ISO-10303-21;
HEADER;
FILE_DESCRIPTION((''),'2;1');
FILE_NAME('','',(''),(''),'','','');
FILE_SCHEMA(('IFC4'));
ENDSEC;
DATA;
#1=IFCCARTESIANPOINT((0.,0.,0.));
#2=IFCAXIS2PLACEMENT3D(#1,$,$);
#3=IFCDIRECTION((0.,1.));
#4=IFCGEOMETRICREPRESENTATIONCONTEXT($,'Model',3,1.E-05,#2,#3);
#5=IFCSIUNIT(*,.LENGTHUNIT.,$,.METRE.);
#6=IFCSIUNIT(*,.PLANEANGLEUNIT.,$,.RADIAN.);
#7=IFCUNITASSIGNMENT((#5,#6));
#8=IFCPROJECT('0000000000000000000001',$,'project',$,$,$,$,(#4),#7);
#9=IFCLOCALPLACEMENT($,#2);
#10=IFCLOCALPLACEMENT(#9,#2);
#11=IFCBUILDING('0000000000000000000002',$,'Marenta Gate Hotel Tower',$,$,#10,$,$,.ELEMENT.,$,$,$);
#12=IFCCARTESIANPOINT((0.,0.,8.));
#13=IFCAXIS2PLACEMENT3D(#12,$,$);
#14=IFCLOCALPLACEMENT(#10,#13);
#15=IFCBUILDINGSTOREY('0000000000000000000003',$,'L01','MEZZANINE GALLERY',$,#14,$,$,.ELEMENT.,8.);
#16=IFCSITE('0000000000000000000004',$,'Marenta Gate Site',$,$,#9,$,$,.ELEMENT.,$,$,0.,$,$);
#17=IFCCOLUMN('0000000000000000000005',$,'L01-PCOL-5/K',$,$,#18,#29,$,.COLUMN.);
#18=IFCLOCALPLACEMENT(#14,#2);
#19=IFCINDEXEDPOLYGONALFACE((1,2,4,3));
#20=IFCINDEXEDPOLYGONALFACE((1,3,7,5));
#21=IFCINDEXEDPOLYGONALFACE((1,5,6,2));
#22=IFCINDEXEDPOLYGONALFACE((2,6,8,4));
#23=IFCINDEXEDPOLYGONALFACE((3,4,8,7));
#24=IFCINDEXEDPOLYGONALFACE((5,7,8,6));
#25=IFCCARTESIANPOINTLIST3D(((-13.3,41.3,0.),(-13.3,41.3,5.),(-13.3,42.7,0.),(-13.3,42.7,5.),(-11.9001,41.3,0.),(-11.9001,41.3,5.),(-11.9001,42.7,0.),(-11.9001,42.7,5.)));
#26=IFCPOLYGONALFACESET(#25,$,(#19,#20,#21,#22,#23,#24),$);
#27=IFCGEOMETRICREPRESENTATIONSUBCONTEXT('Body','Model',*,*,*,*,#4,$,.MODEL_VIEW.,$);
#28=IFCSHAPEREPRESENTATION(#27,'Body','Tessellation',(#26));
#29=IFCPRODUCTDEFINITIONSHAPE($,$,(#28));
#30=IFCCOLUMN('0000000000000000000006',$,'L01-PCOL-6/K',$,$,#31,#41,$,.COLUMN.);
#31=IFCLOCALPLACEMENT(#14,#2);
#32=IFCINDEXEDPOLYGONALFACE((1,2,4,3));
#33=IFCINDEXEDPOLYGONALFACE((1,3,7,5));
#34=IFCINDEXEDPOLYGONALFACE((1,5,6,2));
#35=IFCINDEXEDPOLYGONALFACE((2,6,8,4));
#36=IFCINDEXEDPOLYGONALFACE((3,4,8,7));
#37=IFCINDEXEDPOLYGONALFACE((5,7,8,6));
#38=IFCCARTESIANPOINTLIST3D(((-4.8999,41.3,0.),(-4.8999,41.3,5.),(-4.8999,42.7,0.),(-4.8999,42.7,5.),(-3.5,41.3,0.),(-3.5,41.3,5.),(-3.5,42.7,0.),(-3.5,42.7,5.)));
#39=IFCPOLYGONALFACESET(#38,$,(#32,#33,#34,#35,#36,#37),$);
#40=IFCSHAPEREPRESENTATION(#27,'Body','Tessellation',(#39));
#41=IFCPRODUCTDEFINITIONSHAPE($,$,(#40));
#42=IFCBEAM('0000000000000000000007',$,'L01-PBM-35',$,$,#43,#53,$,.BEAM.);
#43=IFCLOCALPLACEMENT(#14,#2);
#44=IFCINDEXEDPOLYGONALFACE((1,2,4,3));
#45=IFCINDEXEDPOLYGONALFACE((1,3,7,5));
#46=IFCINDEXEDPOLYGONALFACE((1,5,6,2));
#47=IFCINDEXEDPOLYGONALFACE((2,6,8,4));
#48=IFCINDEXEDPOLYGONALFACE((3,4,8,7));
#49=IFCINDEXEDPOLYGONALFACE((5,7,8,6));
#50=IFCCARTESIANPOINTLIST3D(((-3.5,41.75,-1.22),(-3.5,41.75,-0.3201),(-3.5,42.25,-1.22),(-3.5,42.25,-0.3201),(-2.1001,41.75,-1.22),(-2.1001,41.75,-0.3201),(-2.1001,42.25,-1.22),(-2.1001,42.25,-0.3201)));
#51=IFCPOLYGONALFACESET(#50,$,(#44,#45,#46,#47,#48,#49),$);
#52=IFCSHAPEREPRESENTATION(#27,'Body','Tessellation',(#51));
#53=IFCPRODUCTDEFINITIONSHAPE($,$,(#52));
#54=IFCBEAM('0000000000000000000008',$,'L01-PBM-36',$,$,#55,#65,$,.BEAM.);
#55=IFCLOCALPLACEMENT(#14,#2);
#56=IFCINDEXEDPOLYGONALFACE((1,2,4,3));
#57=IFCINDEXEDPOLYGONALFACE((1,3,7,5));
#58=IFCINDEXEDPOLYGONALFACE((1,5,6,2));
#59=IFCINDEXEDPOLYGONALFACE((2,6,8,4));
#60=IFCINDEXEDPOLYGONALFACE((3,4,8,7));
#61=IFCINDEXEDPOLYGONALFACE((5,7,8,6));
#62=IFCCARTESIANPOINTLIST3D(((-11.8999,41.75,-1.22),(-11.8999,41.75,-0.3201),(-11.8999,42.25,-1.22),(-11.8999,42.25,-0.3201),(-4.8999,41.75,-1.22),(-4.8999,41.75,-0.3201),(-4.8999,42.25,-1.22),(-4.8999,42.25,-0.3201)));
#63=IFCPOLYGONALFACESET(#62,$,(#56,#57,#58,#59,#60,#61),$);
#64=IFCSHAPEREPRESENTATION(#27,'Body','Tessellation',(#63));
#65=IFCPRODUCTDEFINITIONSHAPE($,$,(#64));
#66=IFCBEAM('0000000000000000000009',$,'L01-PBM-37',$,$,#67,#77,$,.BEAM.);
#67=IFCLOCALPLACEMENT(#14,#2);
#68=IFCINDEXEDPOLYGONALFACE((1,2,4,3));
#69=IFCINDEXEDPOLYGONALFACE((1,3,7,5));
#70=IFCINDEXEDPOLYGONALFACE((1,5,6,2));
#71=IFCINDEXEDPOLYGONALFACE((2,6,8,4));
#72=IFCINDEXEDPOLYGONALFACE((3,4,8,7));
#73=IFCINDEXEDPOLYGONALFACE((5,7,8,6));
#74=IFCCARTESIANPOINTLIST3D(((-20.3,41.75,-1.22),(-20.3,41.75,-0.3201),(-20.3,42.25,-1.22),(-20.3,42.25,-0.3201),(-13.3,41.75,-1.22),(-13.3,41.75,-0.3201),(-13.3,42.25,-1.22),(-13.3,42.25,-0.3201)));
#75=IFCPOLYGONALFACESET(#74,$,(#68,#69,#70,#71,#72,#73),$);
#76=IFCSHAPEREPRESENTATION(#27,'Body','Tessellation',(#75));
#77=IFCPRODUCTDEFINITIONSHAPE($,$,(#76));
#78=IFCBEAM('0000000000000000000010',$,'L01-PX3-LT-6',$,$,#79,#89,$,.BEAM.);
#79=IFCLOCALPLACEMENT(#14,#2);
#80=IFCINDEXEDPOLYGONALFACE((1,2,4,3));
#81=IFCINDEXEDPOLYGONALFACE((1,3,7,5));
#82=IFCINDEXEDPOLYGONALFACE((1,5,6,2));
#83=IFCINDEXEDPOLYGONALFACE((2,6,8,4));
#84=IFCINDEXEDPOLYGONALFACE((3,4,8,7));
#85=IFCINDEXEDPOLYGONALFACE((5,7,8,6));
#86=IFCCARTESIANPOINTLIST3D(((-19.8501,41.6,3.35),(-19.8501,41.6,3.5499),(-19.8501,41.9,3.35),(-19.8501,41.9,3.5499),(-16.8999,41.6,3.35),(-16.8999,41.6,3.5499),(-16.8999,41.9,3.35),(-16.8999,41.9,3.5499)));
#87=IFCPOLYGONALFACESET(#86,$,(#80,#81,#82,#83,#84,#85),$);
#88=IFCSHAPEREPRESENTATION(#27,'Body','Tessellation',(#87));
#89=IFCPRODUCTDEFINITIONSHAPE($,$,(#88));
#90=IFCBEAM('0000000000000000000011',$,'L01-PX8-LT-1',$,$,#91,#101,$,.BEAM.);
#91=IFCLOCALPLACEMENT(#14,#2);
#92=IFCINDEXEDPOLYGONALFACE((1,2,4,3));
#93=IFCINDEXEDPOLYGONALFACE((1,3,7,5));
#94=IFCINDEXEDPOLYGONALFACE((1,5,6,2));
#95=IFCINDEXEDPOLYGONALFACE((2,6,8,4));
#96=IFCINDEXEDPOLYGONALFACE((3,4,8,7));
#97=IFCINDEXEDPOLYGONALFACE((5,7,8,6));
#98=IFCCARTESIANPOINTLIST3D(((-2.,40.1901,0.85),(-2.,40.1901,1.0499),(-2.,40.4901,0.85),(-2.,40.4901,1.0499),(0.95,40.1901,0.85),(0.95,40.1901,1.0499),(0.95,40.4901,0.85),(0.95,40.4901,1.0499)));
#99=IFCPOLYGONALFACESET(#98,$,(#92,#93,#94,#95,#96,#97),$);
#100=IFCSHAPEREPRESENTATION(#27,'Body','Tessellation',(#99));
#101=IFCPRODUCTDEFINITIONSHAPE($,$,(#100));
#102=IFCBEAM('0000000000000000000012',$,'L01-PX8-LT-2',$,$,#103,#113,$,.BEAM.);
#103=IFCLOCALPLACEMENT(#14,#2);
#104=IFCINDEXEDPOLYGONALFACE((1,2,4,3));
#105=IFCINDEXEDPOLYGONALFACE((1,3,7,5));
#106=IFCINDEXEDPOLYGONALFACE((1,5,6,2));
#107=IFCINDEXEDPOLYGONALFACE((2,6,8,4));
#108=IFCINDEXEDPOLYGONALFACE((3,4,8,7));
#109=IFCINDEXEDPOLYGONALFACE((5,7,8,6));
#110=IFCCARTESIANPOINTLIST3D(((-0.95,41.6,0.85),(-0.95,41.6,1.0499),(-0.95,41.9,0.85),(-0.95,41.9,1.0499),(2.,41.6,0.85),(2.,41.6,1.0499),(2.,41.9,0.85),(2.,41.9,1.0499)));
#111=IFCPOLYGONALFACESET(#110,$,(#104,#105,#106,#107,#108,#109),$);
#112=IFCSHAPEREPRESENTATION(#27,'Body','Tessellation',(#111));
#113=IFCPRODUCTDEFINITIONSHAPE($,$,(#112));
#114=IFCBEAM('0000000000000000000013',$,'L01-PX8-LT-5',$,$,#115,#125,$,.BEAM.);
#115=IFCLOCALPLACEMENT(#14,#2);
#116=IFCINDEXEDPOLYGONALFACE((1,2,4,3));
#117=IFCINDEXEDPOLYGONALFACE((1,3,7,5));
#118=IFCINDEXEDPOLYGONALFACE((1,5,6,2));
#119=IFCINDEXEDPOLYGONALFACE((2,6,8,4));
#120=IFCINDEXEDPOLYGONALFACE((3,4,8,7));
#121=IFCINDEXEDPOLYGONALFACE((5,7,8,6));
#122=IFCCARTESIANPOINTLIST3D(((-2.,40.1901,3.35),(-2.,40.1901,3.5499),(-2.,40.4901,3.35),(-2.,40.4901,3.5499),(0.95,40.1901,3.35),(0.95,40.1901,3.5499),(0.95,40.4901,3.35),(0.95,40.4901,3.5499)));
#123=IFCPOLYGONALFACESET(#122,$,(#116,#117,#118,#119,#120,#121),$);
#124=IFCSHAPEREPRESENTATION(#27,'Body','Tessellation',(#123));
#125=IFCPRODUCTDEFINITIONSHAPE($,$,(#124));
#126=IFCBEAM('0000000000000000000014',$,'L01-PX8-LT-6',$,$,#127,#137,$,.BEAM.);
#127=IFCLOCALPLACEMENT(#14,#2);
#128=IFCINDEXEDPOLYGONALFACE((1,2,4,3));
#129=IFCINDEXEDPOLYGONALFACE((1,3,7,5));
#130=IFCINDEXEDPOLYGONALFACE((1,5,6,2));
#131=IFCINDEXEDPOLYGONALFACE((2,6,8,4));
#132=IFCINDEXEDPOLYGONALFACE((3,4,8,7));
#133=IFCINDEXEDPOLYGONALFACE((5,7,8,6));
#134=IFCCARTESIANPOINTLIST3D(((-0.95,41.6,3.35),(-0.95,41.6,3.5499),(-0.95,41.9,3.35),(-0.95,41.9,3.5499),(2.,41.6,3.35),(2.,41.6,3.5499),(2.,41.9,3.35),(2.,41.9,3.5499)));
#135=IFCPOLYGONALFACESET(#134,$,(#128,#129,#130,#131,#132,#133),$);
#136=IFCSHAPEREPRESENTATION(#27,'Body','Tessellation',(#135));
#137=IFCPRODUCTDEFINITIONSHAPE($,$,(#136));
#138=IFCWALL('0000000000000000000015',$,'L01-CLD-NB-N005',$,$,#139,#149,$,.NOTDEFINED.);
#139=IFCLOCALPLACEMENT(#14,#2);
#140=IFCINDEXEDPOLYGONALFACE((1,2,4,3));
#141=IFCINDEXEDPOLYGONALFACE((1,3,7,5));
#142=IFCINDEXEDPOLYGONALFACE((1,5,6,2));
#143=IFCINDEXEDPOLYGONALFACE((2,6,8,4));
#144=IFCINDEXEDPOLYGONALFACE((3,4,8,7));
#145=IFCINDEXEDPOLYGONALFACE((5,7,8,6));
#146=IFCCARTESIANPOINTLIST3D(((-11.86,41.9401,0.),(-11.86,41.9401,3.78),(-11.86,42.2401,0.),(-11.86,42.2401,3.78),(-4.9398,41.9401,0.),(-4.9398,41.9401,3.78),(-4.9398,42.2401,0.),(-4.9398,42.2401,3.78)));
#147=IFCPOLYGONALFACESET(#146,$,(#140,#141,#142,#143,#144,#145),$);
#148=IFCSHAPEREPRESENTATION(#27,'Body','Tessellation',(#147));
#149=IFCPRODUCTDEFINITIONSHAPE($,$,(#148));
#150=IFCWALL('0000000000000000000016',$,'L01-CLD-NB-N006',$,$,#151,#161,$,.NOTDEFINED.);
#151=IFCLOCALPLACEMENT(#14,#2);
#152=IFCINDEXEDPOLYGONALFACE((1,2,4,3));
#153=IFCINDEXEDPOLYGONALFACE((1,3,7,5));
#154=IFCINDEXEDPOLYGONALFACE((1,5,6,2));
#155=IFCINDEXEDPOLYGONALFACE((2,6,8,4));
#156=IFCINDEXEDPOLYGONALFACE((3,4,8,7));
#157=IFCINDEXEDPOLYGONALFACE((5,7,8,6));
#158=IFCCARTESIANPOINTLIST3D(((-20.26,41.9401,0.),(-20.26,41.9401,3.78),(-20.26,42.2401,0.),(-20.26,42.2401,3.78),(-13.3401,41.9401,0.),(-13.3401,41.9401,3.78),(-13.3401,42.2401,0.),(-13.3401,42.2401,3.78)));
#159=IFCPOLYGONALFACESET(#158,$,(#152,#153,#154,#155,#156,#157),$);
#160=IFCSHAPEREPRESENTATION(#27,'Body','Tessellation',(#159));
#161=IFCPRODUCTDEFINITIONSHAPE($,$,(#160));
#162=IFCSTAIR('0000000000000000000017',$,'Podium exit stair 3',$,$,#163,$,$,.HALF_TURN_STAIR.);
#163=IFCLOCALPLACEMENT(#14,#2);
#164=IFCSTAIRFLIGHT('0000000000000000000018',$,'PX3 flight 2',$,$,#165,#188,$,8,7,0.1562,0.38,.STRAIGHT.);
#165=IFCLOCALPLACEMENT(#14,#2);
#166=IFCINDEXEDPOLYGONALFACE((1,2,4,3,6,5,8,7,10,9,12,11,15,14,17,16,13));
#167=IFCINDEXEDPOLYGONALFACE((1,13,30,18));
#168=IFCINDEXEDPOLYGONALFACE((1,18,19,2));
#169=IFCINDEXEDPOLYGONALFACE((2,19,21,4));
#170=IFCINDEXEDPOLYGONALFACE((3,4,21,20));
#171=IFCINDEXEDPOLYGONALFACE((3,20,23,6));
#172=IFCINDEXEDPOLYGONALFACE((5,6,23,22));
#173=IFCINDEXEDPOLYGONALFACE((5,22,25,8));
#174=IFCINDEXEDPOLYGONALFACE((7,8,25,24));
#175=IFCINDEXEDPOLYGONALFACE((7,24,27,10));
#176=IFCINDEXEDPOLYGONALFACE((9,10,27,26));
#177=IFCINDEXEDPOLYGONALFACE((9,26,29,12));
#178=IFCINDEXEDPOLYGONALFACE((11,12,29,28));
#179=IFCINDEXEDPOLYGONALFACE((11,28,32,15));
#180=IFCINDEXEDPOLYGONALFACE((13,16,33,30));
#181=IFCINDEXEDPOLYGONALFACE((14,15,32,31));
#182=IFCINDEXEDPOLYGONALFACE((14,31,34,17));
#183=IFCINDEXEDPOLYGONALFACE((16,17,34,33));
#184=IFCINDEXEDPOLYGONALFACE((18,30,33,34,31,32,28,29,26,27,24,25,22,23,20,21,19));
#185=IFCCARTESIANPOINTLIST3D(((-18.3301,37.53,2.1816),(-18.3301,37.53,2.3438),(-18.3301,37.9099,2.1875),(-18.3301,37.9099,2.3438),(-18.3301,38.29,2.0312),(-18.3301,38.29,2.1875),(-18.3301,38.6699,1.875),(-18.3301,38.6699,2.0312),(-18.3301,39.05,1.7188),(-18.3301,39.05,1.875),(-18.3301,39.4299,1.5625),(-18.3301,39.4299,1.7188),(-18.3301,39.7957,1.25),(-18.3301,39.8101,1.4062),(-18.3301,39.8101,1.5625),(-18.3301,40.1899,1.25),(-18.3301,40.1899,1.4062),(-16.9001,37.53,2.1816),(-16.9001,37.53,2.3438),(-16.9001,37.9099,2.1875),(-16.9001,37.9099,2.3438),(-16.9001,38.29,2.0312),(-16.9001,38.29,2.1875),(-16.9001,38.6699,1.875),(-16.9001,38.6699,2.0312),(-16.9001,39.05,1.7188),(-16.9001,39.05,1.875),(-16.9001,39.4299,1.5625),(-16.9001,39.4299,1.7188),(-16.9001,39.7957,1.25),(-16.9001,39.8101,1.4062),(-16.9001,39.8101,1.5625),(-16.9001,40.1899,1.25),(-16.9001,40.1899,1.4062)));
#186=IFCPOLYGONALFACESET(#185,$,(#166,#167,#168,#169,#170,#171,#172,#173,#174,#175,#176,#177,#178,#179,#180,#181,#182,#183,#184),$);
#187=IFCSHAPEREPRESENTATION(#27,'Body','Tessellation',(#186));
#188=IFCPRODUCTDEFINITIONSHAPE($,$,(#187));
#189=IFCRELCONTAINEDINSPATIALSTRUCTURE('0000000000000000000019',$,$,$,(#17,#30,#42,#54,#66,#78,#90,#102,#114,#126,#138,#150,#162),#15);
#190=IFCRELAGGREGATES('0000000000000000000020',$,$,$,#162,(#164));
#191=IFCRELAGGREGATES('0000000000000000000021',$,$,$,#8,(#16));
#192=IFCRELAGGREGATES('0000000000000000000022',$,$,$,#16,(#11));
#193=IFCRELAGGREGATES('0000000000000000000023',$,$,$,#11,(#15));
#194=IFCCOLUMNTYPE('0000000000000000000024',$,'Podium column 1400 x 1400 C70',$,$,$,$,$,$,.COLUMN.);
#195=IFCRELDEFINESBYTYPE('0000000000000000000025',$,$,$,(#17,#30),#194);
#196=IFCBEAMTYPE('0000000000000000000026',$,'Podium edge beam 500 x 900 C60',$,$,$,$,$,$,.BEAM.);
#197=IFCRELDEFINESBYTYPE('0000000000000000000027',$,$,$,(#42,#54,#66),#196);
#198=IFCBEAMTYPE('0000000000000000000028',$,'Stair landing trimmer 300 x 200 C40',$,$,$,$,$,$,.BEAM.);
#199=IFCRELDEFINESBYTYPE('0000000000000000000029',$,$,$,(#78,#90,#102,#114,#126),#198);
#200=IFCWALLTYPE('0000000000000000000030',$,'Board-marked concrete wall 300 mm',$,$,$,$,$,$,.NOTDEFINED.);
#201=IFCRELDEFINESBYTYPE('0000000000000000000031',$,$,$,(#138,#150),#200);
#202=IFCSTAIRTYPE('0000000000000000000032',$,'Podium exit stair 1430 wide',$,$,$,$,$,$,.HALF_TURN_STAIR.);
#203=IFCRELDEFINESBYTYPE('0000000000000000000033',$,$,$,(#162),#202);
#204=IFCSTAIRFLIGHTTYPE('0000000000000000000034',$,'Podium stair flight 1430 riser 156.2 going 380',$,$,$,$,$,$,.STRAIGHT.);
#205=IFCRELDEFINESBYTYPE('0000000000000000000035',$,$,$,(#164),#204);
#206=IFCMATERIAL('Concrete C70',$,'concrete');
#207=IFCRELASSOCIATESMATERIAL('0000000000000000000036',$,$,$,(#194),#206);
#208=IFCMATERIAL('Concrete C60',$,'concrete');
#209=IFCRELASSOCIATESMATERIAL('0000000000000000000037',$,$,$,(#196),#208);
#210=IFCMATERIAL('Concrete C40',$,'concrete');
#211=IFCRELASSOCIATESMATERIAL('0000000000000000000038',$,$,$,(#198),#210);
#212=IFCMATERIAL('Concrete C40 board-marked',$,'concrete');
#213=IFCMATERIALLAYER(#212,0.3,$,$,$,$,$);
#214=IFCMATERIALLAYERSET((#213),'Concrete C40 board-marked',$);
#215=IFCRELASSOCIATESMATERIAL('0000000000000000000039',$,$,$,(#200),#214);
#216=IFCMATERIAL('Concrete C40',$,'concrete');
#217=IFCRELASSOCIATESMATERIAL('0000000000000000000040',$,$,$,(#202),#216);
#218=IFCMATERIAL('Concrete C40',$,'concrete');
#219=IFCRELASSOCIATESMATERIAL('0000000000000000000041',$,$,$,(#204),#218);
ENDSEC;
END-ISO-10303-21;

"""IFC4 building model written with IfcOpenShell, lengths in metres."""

from ifc_helpers import new_model, si_unit, direction, frame, frame_2d, origin, origin_2d, place, context, subcontext, project, spatial, polyline, rectangle, outline, extrude, material, layer, layer_set, material_profile, profile_set, type_object, element, aggregate, save


model = new_model("IFC4")

# Units and contexts
model_context = context("Model", 3, precision=1e-05, world=origin(), true_north=direction((0.0, 1.0)))
body_context = subcontext(model_context, "Body", "Model", "MODEL_VIEW")
ifc_project = project(units=[si_unit("LENGTHUNIT", "METRE"), si_unit("PLANEANGLEUNIT", "RADIAN")], contexts=[model_context])

# Site, building, storey
site_placement = place(None, origin())
site = spatial("IfcSite", under=ifc_project, at=site_placement, Name="Marenta Gate Site", CompositionType="ELEMENT", RefElevation=0.0)
building_placement = place(site_placement, origin())
building = spatial("IfcBuilding", under=site, at=building_placement, Name="Marenta Gate Hotel Tower", CompositionType="ELEMENT")
storey_placement = place(building_placement, frame((0.0, 0.0, 8.0)))
storey = spatial("IfcBuildingStorey", under=building, at=storey_placement, Name="L01", Description="MEZZANINE GALLERY", CompositionType="ELEMENT", Elevation=8.0)

# Columns
ifc_material_1 = material(Name="Concrete C70", Category="concrete")
ifc_material_profile_1 = material_profile(ifc_material_1, rectangle(XDim=1.3999, YDim=1.3999, at=origin_2d()), Name="1400 x 1400")
ifc_profile_set_1 = profile_set([ifc_material_profile_1], Name="Concrete C70")
column_type = type_object("IfcColumnType", Name="Podium column 1400 x 1400 C70", PredefinedType="COLUMN", material=ifc_profile_set_1)
for number, where, z_axis, x_axis, name in (
    (1, (-12.6001, 42.0, 0.0), (0.0, 0.0, 1.0), (1.0, 0.0, 0.0), "L01-PCOL-5/K"),
    (2, (-4.2, 42.0, 0.0), (0.0, 0.0, 1.0), (1.0, 0.0, 0.0), "L01-PCOL-6/K"),
):
    element("IfcColumn", number, at=place(storey_placement, frame(where, z_axis=z_axis, x_axis=x_axis)), inside=storey, type_object=column_type, Name=name, PredefinedType="COLUMN", context=body_context, shape_type="SweptSolid", body=[
        extrude(rectangle(XDim=1.3999, YDim=1.3999, at=origin_2d()), origin(), (0.0, 0.0, 1.0), 5.0),
    ])

# Beams
ifc_material_2 = material(Name="Concrete C60", Category="concrete")
ifc_material_profile_2 = material_profile(ifc_material_2, rectangle(XDim=0.5, YDim=0.8999, at=origin_2d()), Name="500 x 900")
ifc_profile_set_2 = profile_set([ifc_material_profile_2], Name="Concrete C60")
beam_type_1 = type_object("IfcBeamType", Name="Podium edge beam 500 x 900 C60", PredefinedType="BEAM", material=ifc_profile_set_2)
beam_1_placement = place(storey_placement, frame((-2.1001, 42.0, -0.77), z_axis=(-1.0, 0.0, 0.0), x_axis=(0.0, -1.0, 0.0)))
element("IfcBeam", 3, at=beam_1_placement, inside=storey, type_object=beam_type_1, Name="L01-PBM-35", PredefinedType="BEAM", context=body_context, shape_type="SweptSolid", body=[
    extrude(rectangle(XDim=0.5, YDim=0.8999, at=origin_2d()), origin(), (0.0, 0.0, 1.0), 1.3999),
])
for number, where, z_axis, x_axis, name in (
    (4, (-4.8999, 42.0, -0.77), (-1.0, 0.0, 0.0), (0.0, -1.0, 0.0), "L01-PBM-36"),
    (5, (-13.3, 42.0, -0.77), (-1.0, 0.0, 0.0), (0.0, -1.0, 0.0), "L01-PBM-37"),
):
    element("IfcBeam", number, at=place(storey_placement, frame(where, z_axis=z_axis, x_axis=x_axis)), inside=storey, type_object=beam_type_1, Name=name, PredefinedType="BEAM", context=body_context, shape_type="SweptSolid", body=[
        extrude(rectangle(XDim=0.5, YDim=0.8999, at=origin_2d()), origin(), (0.0, 0.0, 1.0), 7.0),
    ])
ifc_material_3 = material(Name="Concrete C40", Category="concrete")
ifc_material_profile_3 = material_profile(ifc_material_3, rectangle(XDim=0.3, YDim=0.2, at=origin_2d()), Name="300 x 200")
ifc_profile_set_3 = profile_set([ifc_material_profile_3], Name="Concrete C40")
beam_type_2 = type_object("IfcBeamType", Name="Stair landing trimmer 300 x 200 C40", PredefinedType="BEAM", material=ifc_profile_set_3)
beam_2_placement = place(storey_placement, frame((-19.8501, 41.75, 3.45), z_axis=(1.0, 0.0, 0.0), x_axis=(0.0, 1.0, 0.0)))
element("IfcBeam", 6, at=beam_2_placement, inside=storey, type_object=beam_type_2, Name="L01-PX3-LT-6", PredefinedType="BEAM", context=body_context, shape_type="SweptSolid", body=[
    extrude(rectangle(XDim=0.3, YDim=0.2, at=origin_2d()), origin(), (0.0, 0.0, 1.0), 2.9502),
])
for number, where, z_axis, x_axis, name in (
    (7, (-2.0, 40.3401, 0.95), (1.0, 0.0, 0.0), (0.0, 1.0, 0.0), "L01-PX8-LT-1"),
    (8, (-0.95, 41.75, 0.95), (1.0, 0.0, 0.0), (0.0, 1.0, 0.0), "L01-PX8-LT-2"),
    (9, (-2.0, 40.3401, 3.45), (1.0, 0.0, 0.0), (0.0, 1.0, 0.0), "L01-PX8-LT-5"),
    (10, (-0.95, 41.75, 3.45), (1.0, 0.0, 0.0), (0.0, 1.0, 0.0), "L01-PX8-LT-6"),
):
    element("IfcBeam", number, at=place(storey_placement, frame(where, z_axis=z_axis, x_axis=x_axis)), inside=storey, type_object=beam_type_2, Name=name, PredefinedType="BEAM", context=body_context, shape_type="SweptSolid", body=[
        extrude(rectangle(XDim=0.3, YDim=0.2, at=origin_2d()), origin(), (0.0, 0.0, 1.0), 2.95),
    ])

# Walls
ifc_material_4 = material(Name="Concrete C40 board-marked", Category="concrete")
ifc_layer = layer(ifc_material_4, 0.3)
ifc_layer_set = layer_set([ifc_layer], Name="Concrete C40 board-marked")
wall_type = type_object("IfcWallType", Name="Board-marked concrete wall 300 mm", PredefinedType="NOTDEFINED", material=ifc_layer_set)
wall_1_placement = place(storey_placement, frame((-4.9399, 42.0901, 0.0), z_axis=(0.0, 0.0, 1.0), x_axis=(-1.0, 0.0, 0.0)))
element("IfcWall", 11, at=wall_1_placement, inside=storey, type_object=wall_type, Name="L01-CLD-NB-N005", PredefinedType="NOTDEFINED", context=body_context, shape_type="SweptSolid", body=[
    extrude(rectangle(XDim=6.9202, YDim=0.3, at=frame_2d((3.46, 0.0))), origin(), (0.0, 0.0, 1.0), 3.78),
])
wall_2_placement = place(storey_placement, frame((-13.3401, 42.0901, 0.0), z_axis=(0.0, 0.0, 1.0), x_axis=(-1.0, 0.0, 0.0)))
element("IfcWall", 12, at=wall_2_placement, inside=storey, type_object=wall_type, Name="L01-CLD-NB-N006", PredefinedType="NOTDEFINED", context=body_context, shape_type="SweptSolid", body=[
    extrude(rectangle(XDim=6.9199, YDim=0.3, at=frame_2d((3.46, 0.0))), origin(), (0.0, 0.0, 1.0), 3.78),
])

# Stair, stair flight
ifc_material_5 = material(Name="Concrete C40", Category="concrete")
stair_type = type_object("IfcStairType", Name="Podium exit stair 1430 wide", PredefinedType="HALF_TURN_STAIR", material=ifc_material_5)
stair_1_placement = place(storey_placement, origin())
stair_1 = element("IfcStair", 13, at=stair_1_placement, inside=storey, type_object=stair_type, Name="Podium exit stair 3", PredefinedType="HALF_TURN_STAIR")
ifc_material_6 = material(Name="Concrete C40", Category="concrete")
stair_flight_type = type_object("IfcStairFlightType", Name="Podium stair flight 1430 riser 156.2 going 380", PredefinedType="STRAIGHT", material=ifc_material_6)
stair_flight_1_placement = place(storey_placement, frame((-17.615, 40.1899, 1.25), z_axis=(0.0, 0.0, 1.0), x_axis=(0.0, -1.0, 0.0)))
stair_flight_1 = element("IfcStairFlight", 14, at=stair_flight_1_placement, type_object=stair_flight_type, Name="PX3 flight 2", NumberOfRisers=8, NumberOfTreads=7, PredefinedType="STRAIGHT", RiserHeight=0.1562, TreadLength=0.38, context=body_context, shape_type="SweptSolid", body=[
    extrude(outline(polyline([(0.0, 0.0), (0.0, 0.1562), (0.3799, 0.1562), (0.3799, 0.3125), (0.76, 0.3125), (0.76, 0.4688), (1.1399, 0.4688), (1.1399, 0.625), (1.52, 0.625), (1.52, 0.7812), (1.8999, 0.7812), (1.8999, 0.9375), (2.28, 0.9375), (2.28, 1.0938), (2.6599, 1.0938), (2.6599, 1.25), (2.6599, 0.9316), (0.3943, 0.0), (0.0, 0.0)])), frame((0.0, 0.7148, 0.0), z_axis=(0.0, -1.0, 0.0), x_axis=(1.0, 0.0, 0.0)), (0.0, 0.0, 1.0), 1.4299),
])
aggregate(stair_1, [stair_flight_1])

save(model, "model.ifc")
